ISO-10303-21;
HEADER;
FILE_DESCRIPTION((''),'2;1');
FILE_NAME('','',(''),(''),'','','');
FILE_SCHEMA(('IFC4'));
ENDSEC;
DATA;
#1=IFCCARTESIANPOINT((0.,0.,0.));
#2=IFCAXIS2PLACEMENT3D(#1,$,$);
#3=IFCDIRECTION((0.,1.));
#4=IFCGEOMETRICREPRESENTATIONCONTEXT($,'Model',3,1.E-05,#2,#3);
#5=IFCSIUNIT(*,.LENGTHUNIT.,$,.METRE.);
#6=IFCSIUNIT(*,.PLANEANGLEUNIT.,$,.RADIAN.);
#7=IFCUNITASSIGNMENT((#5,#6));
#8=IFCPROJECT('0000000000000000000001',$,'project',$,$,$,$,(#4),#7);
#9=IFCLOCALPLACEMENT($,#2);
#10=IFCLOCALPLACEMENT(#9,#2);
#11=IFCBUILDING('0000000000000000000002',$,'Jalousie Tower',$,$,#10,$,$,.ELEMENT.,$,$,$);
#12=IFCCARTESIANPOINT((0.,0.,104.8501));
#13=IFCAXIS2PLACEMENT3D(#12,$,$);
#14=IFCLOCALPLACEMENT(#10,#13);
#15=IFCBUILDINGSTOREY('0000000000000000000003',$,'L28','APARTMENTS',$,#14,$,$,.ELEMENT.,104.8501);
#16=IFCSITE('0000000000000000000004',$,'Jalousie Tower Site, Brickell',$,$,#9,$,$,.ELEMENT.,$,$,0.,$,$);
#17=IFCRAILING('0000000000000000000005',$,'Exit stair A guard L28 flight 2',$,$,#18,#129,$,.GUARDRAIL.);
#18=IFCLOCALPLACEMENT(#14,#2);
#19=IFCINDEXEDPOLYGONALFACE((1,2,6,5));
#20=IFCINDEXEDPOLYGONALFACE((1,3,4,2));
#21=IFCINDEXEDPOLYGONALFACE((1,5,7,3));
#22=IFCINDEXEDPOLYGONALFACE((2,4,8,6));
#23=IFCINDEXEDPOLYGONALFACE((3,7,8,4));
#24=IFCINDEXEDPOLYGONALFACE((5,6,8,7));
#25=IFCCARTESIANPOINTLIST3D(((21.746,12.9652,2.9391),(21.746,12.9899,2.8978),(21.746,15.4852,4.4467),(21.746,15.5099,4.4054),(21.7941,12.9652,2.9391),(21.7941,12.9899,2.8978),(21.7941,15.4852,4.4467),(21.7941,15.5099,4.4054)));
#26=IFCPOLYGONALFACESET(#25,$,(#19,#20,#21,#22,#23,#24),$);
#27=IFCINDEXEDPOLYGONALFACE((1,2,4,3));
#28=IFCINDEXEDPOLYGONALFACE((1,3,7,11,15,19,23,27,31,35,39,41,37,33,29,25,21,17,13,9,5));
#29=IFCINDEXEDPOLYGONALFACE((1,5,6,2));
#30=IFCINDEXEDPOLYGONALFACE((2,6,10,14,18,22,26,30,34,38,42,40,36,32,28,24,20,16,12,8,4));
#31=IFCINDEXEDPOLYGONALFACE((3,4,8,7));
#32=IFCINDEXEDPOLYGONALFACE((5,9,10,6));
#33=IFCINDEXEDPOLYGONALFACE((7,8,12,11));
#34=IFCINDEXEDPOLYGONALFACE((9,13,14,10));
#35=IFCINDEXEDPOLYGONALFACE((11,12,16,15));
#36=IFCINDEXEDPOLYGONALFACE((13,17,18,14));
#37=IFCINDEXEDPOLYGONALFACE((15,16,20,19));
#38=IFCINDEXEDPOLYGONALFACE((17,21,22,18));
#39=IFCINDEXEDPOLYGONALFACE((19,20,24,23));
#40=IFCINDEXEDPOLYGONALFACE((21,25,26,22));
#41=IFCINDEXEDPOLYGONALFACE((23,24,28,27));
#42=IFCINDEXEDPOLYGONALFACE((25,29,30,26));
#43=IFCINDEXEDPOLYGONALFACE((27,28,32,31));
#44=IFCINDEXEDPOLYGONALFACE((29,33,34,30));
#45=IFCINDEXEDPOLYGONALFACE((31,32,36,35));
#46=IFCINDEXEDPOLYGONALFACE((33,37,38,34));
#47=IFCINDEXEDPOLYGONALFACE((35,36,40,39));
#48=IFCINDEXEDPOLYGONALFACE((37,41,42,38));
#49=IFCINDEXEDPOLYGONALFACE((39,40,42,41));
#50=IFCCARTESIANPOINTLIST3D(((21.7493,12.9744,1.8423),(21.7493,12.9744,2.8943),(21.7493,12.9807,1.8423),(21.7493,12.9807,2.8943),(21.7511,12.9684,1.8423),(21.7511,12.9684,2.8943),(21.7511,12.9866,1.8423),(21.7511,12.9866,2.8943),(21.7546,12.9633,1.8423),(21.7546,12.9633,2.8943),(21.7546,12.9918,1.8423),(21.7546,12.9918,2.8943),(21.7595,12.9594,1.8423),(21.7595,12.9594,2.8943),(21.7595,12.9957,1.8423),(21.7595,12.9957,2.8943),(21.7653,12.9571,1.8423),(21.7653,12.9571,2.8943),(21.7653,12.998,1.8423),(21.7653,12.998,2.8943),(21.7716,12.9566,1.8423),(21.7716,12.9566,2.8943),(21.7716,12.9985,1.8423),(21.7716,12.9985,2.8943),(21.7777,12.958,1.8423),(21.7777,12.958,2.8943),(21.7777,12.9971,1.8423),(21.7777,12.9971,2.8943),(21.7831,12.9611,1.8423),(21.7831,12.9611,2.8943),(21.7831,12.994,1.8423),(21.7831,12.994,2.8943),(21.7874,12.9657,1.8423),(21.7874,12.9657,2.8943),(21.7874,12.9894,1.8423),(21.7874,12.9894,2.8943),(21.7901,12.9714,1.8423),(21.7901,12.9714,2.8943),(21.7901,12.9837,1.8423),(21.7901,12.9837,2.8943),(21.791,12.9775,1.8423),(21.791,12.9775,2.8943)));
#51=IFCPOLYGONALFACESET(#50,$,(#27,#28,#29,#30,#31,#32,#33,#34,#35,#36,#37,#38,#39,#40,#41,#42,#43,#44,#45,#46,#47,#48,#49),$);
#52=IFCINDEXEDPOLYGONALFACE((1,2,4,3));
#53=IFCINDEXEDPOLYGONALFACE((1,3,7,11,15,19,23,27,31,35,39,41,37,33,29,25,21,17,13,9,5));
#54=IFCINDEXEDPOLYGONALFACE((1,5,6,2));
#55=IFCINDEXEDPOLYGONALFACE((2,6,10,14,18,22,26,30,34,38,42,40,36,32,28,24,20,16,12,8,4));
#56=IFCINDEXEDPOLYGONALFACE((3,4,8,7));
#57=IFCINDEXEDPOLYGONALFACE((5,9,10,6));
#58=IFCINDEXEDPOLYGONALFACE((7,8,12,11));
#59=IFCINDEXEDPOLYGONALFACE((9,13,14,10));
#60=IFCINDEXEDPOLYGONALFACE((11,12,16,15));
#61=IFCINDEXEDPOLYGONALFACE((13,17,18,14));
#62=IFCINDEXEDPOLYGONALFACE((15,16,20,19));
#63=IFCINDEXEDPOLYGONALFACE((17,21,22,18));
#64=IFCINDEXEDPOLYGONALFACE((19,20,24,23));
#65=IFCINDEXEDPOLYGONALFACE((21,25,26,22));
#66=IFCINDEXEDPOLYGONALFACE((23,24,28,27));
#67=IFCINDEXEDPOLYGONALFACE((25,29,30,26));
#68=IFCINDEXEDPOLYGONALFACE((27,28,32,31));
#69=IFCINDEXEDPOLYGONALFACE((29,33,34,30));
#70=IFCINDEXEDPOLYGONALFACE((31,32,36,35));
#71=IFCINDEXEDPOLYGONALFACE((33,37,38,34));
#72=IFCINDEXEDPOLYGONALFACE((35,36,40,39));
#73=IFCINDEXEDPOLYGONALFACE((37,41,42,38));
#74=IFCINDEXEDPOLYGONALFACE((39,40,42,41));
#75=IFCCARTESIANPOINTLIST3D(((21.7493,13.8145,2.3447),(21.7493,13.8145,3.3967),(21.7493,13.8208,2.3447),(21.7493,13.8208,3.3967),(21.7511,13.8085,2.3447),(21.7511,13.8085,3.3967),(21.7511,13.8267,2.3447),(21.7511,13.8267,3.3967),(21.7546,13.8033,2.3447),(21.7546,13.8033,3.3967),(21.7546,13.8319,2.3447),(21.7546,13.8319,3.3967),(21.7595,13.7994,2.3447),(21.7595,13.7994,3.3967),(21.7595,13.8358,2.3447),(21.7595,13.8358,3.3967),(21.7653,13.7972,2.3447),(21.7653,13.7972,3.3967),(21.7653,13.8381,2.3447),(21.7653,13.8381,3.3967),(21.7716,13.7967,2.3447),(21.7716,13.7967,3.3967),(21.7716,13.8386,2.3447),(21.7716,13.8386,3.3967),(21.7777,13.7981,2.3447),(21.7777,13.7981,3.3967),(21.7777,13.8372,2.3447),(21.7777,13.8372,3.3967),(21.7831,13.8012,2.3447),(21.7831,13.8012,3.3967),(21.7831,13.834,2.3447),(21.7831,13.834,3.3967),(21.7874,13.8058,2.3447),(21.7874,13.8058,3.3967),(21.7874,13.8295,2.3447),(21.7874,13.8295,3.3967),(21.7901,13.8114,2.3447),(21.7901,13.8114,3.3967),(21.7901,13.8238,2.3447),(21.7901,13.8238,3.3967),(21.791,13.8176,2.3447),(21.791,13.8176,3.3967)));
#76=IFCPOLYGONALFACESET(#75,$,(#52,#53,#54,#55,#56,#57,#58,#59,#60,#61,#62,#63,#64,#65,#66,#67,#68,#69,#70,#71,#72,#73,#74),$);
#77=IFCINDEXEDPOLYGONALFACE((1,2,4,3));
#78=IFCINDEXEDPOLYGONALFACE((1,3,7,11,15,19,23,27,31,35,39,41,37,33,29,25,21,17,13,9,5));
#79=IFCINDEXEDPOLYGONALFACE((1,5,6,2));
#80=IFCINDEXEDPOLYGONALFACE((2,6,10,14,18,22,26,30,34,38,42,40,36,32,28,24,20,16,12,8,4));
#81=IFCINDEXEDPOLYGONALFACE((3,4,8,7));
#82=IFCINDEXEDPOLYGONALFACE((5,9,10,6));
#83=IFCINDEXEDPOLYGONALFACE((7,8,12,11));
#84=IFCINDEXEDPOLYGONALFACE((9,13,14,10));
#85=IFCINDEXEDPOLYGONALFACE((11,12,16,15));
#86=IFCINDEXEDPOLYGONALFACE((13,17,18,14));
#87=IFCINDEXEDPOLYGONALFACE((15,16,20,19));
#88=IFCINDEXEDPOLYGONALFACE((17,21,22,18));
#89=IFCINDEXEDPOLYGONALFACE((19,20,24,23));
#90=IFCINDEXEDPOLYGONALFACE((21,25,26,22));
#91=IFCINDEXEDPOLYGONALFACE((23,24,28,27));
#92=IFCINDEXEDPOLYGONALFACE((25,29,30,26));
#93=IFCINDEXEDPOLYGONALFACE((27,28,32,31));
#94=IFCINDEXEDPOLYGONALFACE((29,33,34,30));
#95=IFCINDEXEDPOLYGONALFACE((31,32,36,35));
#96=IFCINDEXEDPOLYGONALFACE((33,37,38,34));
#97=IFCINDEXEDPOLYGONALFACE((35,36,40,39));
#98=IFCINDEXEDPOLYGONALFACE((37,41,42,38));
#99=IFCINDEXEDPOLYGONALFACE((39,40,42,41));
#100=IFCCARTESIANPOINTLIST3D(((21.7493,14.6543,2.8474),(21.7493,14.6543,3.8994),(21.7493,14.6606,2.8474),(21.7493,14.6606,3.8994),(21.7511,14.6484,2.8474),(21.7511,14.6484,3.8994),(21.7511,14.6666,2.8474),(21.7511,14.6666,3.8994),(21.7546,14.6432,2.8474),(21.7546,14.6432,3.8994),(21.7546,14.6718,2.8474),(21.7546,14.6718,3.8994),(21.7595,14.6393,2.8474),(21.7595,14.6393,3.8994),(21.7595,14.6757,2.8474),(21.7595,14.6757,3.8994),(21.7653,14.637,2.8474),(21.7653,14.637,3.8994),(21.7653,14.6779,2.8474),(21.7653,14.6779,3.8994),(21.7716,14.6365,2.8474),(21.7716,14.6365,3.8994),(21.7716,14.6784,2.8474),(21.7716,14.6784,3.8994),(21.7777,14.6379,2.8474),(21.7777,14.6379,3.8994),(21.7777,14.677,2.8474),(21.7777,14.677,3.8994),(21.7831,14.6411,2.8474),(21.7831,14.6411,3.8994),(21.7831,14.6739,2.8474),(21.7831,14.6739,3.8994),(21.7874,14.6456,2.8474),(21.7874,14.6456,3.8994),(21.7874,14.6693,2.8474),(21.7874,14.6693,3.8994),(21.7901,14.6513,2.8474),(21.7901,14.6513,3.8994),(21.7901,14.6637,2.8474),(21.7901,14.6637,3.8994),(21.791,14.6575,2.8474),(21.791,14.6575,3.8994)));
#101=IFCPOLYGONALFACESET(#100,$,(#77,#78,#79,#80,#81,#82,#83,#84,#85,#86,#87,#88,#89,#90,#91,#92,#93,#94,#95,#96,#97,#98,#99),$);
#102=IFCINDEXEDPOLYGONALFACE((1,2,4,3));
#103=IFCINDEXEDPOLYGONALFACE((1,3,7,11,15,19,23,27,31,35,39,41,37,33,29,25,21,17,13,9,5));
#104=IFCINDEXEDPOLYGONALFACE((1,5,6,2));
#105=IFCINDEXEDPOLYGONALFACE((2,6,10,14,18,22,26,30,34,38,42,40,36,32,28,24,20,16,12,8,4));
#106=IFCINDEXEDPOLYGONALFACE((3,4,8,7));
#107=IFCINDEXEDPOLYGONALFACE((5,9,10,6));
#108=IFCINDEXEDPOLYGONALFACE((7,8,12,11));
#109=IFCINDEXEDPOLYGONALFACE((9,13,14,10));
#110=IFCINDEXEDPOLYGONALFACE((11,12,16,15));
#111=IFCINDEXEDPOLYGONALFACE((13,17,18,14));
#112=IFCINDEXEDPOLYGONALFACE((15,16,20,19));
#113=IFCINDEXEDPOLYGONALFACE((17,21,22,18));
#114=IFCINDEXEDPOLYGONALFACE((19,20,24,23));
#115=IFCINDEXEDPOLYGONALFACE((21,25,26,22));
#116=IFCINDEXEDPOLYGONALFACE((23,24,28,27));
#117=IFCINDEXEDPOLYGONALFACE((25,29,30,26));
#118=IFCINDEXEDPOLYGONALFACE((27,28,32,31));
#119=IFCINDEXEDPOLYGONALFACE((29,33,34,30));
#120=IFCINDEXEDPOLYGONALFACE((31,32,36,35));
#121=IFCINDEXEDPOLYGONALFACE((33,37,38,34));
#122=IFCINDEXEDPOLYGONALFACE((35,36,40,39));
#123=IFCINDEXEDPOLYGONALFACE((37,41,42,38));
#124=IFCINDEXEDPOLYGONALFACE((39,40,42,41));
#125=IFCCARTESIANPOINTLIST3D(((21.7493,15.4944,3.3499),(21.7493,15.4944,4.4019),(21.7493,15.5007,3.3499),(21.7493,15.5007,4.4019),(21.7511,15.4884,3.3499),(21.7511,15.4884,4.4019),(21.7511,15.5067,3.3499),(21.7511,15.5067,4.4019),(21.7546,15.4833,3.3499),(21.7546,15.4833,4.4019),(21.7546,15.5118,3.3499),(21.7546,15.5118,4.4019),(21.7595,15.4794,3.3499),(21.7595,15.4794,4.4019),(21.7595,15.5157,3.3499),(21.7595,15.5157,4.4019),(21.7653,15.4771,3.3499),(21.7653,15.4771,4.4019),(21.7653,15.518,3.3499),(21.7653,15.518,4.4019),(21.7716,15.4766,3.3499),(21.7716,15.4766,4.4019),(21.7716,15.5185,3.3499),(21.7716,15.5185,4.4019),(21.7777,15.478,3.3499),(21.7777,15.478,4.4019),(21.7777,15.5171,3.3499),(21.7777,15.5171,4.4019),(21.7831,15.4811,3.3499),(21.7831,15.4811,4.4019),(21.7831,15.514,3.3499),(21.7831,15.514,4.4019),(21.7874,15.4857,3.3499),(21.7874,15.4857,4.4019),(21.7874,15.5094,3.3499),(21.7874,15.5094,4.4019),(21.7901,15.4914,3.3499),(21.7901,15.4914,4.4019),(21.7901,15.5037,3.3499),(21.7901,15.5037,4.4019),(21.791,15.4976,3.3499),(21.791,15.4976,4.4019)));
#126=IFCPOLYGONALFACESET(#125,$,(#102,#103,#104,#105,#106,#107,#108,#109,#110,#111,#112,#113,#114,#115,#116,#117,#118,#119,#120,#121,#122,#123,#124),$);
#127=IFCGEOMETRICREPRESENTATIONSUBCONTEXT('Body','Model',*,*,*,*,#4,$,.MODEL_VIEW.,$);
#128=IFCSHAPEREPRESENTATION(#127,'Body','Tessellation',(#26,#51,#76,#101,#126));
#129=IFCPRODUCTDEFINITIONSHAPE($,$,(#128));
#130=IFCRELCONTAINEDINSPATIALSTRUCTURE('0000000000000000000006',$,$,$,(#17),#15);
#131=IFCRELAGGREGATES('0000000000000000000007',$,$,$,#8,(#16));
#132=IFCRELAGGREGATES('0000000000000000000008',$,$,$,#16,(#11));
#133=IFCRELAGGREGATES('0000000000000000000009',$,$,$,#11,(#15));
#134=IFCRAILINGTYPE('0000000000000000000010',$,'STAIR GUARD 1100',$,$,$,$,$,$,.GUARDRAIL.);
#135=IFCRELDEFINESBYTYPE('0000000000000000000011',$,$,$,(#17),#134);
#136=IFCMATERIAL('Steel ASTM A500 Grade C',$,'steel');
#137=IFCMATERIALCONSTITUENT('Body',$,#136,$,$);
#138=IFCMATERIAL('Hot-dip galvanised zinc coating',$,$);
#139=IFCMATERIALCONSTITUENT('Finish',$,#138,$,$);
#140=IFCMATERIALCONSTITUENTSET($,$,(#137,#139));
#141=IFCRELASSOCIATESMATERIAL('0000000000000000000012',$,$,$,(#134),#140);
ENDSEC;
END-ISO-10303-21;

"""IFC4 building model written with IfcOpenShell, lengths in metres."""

from ifc_helpers import new_model, si_unit, direction, frame, origin, origin_2d, place, context, subcontext, project, spatial, rectangle, circle, extrude, material, constituent, constituent_set, type_object, element, save


model = new_model("IFC4")

# Units and contexts
model_context = context("Model", 3, precision=1e-05, world=origin(), true_north=direction((0.0, 1.0)))
body_context = subcontext(model_context, "Body", "Model", "MODEL_VIEW")
ifc_project = project(units=[si_unit("LENGTHUNIT", "METRE"), si_unit("PLANEANGLEUNIT", "RADIAN")], contexts=[model_context])

# Site, building, storey
site_placement = place(None, origin())
site = spatial("IfcSite", under=ifc_project, at=site_placement, Name="Jalousie Tower Site, Brickell", CompositionType="ELEMENT", RefElevation=0.0)
building_placement = place(site_placement, origin())
building = spatial("IfcBuilding", under=site, at=building_placement, Name="Jalousie Tower", CompositionType="ELEMENT")
storey_placement = place(building_placement, frame((0.0, 0.0, 104.8501)))
storey = spatial("IfcBuildingStorey", under=building, at=storey_placement, Name="L28", Description="APARTMENTS", CompositionType="ELEMENT", Elevation=104.8501)

# Railing
ifc_material_1 = material(Name="Steel ASTM A500 Grade C", Category="steel")
ifc_constituent_1 = constituent(ifc_material_1, Name="Body")
ifc_material_2 = material(Name="Hot-dip galvanised zinc coating")
ifc_constituent_2 = constituent(ifc_material_2, Name="Finish")
ifc_constituent_set_1 = constituent_set(constituents=[ifc_constituent_1, ifc_constituent_2])
railing_type_1 = type_object("IfcRailingType", Name="STAIR GUARD 1100", PredefinedType="GUARDRAIL", material=ifc_constituent_set_1)
railing_1_placement = place(storey_placement, frame((21.77, 12.9775, 1.8423)))
element("IfcRailing", 1, at=railing_1_placement, inside=storey, type_object=railing_type_1, Name="Exit stair A guard L28 flight 2", PredefinedType="GUARDRAIL", context=body_context, shape_type="SweptSolid", body=[
    extrude(rectangle(XDim=0.0481, YDim=0.0481, at=origin_2d()), frame((0.0, 0.0, 1.0762), z_axis=(0.0, 0.85816, 0.513383), x_axis=(-1.0, 0.0, 0.0)), (0.0, 0.0, 1.0), 2.9365),
    extrude(circle(Radius=0.021, at=origin_2d()), origin(), (0.0, 0.0, 1.0), 1.052),
    extrude(circle(Radius=0.021, at=origin_2d()), frame((0.0, 0.8401, 0.5024)), (0.0, 0.0, 1.0), 1.052),
    extrude(circle(Radius=0.021, at=origin_2d()), frame((0.0, 1.6799, 1.0051)), (0.0, 0.0, 1.0), 1.052),
    extrude(circle(Radius=0.021, at=origin_2d()), frame((0.0, 2.52, 1.5076)), (0.0, 0.0, 1.0), 1.052),
])

save(model, "model.ifc")
